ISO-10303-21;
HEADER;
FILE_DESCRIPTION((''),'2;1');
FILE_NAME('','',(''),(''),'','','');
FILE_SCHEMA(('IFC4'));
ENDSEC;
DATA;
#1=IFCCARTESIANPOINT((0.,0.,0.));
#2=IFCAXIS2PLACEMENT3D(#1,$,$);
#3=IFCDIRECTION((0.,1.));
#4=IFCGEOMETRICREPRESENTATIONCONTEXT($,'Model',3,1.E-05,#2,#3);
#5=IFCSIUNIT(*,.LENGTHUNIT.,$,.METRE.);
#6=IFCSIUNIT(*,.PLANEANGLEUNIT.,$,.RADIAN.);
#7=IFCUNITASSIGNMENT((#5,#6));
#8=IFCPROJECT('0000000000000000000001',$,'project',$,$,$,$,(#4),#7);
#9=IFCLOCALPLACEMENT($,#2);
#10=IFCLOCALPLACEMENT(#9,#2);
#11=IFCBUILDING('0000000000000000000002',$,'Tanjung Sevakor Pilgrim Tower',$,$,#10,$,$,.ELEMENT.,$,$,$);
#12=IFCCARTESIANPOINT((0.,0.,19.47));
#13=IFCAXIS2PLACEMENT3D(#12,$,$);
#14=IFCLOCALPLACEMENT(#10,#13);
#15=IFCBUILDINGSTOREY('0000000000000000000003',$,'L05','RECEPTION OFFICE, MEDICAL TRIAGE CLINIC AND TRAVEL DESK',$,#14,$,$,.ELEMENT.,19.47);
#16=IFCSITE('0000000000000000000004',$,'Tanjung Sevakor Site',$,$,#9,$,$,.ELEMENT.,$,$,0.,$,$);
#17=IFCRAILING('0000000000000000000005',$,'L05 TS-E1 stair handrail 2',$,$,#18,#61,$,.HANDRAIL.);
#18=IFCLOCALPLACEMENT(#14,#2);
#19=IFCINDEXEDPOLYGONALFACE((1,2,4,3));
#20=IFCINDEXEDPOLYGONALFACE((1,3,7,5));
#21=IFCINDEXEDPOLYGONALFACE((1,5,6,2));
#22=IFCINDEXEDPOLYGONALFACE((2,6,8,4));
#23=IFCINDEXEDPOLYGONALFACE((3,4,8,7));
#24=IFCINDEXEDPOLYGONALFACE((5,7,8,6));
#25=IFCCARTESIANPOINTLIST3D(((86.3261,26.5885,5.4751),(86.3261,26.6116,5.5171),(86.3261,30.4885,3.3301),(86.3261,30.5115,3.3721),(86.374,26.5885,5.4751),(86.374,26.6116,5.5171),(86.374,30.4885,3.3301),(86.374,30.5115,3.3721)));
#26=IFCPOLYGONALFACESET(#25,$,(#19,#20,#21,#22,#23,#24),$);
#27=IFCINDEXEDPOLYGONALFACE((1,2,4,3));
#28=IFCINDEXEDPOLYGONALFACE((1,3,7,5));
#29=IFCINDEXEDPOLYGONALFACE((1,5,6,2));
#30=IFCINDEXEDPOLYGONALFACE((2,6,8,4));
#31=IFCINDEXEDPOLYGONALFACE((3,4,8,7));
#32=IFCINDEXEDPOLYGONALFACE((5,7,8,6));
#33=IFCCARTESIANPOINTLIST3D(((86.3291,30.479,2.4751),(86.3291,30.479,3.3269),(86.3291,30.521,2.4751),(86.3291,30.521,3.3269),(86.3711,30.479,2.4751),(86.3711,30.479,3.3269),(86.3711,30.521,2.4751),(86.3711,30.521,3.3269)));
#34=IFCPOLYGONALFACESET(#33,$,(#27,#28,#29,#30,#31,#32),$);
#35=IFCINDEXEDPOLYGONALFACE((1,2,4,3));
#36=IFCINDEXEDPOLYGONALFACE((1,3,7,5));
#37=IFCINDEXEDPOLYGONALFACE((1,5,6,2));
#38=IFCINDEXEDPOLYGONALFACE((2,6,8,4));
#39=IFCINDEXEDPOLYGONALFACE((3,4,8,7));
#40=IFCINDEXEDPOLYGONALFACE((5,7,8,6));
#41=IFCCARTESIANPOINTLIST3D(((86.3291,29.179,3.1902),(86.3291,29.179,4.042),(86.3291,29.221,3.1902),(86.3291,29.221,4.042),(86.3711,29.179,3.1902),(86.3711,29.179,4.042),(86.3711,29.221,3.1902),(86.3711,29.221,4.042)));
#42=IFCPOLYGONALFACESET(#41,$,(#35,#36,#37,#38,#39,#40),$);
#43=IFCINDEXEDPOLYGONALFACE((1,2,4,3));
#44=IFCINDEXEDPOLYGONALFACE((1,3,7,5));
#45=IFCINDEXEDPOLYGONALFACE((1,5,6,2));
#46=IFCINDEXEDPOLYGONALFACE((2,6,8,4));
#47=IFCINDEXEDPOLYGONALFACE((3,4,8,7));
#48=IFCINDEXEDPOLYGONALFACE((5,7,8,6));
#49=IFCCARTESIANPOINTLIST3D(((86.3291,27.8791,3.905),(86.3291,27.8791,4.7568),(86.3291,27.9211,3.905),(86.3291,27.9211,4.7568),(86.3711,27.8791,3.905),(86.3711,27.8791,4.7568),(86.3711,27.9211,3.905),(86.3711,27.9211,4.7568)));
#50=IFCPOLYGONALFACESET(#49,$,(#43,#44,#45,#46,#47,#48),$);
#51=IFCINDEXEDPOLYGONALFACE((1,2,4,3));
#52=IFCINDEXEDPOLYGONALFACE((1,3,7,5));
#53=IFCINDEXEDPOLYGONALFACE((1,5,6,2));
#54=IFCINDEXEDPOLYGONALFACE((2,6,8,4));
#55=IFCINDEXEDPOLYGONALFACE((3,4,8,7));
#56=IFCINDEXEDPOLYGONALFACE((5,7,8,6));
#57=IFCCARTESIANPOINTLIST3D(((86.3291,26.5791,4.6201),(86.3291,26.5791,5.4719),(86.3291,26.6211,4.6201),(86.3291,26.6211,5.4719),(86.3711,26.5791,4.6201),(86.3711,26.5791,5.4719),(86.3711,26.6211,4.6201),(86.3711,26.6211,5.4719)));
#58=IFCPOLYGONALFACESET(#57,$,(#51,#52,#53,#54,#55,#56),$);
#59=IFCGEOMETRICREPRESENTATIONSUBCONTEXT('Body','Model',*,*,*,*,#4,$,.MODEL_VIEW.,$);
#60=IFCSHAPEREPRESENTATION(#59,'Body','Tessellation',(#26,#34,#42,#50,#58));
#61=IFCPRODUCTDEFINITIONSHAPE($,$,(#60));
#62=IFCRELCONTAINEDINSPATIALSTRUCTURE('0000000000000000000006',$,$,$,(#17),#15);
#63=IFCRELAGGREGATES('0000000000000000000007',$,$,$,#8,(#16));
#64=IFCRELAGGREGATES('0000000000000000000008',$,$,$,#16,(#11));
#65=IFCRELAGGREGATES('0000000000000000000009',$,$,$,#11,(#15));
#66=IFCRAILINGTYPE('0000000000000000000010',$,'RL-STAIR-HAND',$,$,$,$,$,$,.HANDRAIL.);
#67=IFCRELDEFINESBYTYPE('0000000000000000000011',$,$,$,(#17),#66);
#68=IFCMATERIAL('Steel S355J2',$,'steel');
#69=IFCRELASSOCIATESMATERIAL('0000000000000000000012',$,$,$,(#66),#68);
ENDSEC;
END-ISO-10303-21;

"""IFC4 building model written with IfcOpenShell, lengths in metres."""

from ifc_helpers import new_model, si_unit, direction, frame, origin, place, context, subcontext, project, spatial, rectangle, extrude, material, type_object, element, save


model = new_model("IFC4")

# Units and contexts
model_context = context("Model", 3, precision=1e-05, world=origin(), true_north=direction((0.0, 1.0)))
body_context = subcontext(model_context, "Body", "Model", "MODEL_VIEW")
ifc_project = project(units=[si_unit("LENGTHUNIT", "METRE"), si_unit("PLANEANGLEUNIT", "RADIAN")], contexts=[model_context])

# Site, building, storey
site_placement = place(None, origin())
site = spatial("IfcSite", under=ifc_project, at=site_placement, Name="Tanjung Sevakor Site", CompositionType="ELEMENT", RefElevation=0.0)
building_placement = place(site_placement, origin())
building = spatial("IfcBuilding", under=site, at=building_placement, Name="Tanjung Sevakor Pilgrim Tower", CompositionType="ELEMENT")
storey_placement = place(building_placement, frame((0.0, 0.0, 19.47)))
storey = spatial("IfcBuildingStorey", under=building, at=storey_placement, Name="L05", Description="RECEPTION OFFICE, MEDICAL TRIAGE CLINIC AND TRAVEL DESK", CompositionType="ELEMENT", Elevation=19.47)

# Railing
ifc_material_1 = material(Name="Steel S355J2", Category="steel")
railing_type_1 = type_object("IfcRailingType", Name="RL-STAIR-HAND", PredefinedType="HANDRAIL", material=ifc_material_1)
railing_1_placement = place(storey_placement, frame((86.3501, 30.5, 2.4751)))
element("IfcRailing", 1, at=railing_1_placement, inside=storey, type_object=railing_type_1, Name="L05 TS-E1 stair handrail 2", PredefinedType="HANDRAIL", context=body_context, shape_type="SweptSolid", body=[
    extrude(rectangle(XDim=0.0479, YDim=0.0479), frame((0.0, 0.0, 0.876), z_axis=(0.0, -0.876209, 0.481931), x_axis=(1.0, 0.0, 0.0)), (0.0, 0.0, 1.0), 4.4509),
    extrude(rectangle(XDim=0.042, YDim=0.042), origin(), (0.0, 0.0, 1.0), 0.8518),
    extrude(rectangle(XDim=0.042, YDim=0.042), frame((0.0, -1.3, 0.7151)), (0.0, 0.0, 1.0), 0.8518),
    extrude(rectangle(XDim=0.042, YDim=0.042), frame((0.0, -2.5999, 1.4299)), (0.0, 0.0, 1.0), 0.8518),
    extrude(rectangle(XDim=0.042, YDim=0.042), frame((0.0, -3.8999, 2.145)), (0.0, 0.0, 1.0), 0.8518),
])

save(model, "model.ifc")
